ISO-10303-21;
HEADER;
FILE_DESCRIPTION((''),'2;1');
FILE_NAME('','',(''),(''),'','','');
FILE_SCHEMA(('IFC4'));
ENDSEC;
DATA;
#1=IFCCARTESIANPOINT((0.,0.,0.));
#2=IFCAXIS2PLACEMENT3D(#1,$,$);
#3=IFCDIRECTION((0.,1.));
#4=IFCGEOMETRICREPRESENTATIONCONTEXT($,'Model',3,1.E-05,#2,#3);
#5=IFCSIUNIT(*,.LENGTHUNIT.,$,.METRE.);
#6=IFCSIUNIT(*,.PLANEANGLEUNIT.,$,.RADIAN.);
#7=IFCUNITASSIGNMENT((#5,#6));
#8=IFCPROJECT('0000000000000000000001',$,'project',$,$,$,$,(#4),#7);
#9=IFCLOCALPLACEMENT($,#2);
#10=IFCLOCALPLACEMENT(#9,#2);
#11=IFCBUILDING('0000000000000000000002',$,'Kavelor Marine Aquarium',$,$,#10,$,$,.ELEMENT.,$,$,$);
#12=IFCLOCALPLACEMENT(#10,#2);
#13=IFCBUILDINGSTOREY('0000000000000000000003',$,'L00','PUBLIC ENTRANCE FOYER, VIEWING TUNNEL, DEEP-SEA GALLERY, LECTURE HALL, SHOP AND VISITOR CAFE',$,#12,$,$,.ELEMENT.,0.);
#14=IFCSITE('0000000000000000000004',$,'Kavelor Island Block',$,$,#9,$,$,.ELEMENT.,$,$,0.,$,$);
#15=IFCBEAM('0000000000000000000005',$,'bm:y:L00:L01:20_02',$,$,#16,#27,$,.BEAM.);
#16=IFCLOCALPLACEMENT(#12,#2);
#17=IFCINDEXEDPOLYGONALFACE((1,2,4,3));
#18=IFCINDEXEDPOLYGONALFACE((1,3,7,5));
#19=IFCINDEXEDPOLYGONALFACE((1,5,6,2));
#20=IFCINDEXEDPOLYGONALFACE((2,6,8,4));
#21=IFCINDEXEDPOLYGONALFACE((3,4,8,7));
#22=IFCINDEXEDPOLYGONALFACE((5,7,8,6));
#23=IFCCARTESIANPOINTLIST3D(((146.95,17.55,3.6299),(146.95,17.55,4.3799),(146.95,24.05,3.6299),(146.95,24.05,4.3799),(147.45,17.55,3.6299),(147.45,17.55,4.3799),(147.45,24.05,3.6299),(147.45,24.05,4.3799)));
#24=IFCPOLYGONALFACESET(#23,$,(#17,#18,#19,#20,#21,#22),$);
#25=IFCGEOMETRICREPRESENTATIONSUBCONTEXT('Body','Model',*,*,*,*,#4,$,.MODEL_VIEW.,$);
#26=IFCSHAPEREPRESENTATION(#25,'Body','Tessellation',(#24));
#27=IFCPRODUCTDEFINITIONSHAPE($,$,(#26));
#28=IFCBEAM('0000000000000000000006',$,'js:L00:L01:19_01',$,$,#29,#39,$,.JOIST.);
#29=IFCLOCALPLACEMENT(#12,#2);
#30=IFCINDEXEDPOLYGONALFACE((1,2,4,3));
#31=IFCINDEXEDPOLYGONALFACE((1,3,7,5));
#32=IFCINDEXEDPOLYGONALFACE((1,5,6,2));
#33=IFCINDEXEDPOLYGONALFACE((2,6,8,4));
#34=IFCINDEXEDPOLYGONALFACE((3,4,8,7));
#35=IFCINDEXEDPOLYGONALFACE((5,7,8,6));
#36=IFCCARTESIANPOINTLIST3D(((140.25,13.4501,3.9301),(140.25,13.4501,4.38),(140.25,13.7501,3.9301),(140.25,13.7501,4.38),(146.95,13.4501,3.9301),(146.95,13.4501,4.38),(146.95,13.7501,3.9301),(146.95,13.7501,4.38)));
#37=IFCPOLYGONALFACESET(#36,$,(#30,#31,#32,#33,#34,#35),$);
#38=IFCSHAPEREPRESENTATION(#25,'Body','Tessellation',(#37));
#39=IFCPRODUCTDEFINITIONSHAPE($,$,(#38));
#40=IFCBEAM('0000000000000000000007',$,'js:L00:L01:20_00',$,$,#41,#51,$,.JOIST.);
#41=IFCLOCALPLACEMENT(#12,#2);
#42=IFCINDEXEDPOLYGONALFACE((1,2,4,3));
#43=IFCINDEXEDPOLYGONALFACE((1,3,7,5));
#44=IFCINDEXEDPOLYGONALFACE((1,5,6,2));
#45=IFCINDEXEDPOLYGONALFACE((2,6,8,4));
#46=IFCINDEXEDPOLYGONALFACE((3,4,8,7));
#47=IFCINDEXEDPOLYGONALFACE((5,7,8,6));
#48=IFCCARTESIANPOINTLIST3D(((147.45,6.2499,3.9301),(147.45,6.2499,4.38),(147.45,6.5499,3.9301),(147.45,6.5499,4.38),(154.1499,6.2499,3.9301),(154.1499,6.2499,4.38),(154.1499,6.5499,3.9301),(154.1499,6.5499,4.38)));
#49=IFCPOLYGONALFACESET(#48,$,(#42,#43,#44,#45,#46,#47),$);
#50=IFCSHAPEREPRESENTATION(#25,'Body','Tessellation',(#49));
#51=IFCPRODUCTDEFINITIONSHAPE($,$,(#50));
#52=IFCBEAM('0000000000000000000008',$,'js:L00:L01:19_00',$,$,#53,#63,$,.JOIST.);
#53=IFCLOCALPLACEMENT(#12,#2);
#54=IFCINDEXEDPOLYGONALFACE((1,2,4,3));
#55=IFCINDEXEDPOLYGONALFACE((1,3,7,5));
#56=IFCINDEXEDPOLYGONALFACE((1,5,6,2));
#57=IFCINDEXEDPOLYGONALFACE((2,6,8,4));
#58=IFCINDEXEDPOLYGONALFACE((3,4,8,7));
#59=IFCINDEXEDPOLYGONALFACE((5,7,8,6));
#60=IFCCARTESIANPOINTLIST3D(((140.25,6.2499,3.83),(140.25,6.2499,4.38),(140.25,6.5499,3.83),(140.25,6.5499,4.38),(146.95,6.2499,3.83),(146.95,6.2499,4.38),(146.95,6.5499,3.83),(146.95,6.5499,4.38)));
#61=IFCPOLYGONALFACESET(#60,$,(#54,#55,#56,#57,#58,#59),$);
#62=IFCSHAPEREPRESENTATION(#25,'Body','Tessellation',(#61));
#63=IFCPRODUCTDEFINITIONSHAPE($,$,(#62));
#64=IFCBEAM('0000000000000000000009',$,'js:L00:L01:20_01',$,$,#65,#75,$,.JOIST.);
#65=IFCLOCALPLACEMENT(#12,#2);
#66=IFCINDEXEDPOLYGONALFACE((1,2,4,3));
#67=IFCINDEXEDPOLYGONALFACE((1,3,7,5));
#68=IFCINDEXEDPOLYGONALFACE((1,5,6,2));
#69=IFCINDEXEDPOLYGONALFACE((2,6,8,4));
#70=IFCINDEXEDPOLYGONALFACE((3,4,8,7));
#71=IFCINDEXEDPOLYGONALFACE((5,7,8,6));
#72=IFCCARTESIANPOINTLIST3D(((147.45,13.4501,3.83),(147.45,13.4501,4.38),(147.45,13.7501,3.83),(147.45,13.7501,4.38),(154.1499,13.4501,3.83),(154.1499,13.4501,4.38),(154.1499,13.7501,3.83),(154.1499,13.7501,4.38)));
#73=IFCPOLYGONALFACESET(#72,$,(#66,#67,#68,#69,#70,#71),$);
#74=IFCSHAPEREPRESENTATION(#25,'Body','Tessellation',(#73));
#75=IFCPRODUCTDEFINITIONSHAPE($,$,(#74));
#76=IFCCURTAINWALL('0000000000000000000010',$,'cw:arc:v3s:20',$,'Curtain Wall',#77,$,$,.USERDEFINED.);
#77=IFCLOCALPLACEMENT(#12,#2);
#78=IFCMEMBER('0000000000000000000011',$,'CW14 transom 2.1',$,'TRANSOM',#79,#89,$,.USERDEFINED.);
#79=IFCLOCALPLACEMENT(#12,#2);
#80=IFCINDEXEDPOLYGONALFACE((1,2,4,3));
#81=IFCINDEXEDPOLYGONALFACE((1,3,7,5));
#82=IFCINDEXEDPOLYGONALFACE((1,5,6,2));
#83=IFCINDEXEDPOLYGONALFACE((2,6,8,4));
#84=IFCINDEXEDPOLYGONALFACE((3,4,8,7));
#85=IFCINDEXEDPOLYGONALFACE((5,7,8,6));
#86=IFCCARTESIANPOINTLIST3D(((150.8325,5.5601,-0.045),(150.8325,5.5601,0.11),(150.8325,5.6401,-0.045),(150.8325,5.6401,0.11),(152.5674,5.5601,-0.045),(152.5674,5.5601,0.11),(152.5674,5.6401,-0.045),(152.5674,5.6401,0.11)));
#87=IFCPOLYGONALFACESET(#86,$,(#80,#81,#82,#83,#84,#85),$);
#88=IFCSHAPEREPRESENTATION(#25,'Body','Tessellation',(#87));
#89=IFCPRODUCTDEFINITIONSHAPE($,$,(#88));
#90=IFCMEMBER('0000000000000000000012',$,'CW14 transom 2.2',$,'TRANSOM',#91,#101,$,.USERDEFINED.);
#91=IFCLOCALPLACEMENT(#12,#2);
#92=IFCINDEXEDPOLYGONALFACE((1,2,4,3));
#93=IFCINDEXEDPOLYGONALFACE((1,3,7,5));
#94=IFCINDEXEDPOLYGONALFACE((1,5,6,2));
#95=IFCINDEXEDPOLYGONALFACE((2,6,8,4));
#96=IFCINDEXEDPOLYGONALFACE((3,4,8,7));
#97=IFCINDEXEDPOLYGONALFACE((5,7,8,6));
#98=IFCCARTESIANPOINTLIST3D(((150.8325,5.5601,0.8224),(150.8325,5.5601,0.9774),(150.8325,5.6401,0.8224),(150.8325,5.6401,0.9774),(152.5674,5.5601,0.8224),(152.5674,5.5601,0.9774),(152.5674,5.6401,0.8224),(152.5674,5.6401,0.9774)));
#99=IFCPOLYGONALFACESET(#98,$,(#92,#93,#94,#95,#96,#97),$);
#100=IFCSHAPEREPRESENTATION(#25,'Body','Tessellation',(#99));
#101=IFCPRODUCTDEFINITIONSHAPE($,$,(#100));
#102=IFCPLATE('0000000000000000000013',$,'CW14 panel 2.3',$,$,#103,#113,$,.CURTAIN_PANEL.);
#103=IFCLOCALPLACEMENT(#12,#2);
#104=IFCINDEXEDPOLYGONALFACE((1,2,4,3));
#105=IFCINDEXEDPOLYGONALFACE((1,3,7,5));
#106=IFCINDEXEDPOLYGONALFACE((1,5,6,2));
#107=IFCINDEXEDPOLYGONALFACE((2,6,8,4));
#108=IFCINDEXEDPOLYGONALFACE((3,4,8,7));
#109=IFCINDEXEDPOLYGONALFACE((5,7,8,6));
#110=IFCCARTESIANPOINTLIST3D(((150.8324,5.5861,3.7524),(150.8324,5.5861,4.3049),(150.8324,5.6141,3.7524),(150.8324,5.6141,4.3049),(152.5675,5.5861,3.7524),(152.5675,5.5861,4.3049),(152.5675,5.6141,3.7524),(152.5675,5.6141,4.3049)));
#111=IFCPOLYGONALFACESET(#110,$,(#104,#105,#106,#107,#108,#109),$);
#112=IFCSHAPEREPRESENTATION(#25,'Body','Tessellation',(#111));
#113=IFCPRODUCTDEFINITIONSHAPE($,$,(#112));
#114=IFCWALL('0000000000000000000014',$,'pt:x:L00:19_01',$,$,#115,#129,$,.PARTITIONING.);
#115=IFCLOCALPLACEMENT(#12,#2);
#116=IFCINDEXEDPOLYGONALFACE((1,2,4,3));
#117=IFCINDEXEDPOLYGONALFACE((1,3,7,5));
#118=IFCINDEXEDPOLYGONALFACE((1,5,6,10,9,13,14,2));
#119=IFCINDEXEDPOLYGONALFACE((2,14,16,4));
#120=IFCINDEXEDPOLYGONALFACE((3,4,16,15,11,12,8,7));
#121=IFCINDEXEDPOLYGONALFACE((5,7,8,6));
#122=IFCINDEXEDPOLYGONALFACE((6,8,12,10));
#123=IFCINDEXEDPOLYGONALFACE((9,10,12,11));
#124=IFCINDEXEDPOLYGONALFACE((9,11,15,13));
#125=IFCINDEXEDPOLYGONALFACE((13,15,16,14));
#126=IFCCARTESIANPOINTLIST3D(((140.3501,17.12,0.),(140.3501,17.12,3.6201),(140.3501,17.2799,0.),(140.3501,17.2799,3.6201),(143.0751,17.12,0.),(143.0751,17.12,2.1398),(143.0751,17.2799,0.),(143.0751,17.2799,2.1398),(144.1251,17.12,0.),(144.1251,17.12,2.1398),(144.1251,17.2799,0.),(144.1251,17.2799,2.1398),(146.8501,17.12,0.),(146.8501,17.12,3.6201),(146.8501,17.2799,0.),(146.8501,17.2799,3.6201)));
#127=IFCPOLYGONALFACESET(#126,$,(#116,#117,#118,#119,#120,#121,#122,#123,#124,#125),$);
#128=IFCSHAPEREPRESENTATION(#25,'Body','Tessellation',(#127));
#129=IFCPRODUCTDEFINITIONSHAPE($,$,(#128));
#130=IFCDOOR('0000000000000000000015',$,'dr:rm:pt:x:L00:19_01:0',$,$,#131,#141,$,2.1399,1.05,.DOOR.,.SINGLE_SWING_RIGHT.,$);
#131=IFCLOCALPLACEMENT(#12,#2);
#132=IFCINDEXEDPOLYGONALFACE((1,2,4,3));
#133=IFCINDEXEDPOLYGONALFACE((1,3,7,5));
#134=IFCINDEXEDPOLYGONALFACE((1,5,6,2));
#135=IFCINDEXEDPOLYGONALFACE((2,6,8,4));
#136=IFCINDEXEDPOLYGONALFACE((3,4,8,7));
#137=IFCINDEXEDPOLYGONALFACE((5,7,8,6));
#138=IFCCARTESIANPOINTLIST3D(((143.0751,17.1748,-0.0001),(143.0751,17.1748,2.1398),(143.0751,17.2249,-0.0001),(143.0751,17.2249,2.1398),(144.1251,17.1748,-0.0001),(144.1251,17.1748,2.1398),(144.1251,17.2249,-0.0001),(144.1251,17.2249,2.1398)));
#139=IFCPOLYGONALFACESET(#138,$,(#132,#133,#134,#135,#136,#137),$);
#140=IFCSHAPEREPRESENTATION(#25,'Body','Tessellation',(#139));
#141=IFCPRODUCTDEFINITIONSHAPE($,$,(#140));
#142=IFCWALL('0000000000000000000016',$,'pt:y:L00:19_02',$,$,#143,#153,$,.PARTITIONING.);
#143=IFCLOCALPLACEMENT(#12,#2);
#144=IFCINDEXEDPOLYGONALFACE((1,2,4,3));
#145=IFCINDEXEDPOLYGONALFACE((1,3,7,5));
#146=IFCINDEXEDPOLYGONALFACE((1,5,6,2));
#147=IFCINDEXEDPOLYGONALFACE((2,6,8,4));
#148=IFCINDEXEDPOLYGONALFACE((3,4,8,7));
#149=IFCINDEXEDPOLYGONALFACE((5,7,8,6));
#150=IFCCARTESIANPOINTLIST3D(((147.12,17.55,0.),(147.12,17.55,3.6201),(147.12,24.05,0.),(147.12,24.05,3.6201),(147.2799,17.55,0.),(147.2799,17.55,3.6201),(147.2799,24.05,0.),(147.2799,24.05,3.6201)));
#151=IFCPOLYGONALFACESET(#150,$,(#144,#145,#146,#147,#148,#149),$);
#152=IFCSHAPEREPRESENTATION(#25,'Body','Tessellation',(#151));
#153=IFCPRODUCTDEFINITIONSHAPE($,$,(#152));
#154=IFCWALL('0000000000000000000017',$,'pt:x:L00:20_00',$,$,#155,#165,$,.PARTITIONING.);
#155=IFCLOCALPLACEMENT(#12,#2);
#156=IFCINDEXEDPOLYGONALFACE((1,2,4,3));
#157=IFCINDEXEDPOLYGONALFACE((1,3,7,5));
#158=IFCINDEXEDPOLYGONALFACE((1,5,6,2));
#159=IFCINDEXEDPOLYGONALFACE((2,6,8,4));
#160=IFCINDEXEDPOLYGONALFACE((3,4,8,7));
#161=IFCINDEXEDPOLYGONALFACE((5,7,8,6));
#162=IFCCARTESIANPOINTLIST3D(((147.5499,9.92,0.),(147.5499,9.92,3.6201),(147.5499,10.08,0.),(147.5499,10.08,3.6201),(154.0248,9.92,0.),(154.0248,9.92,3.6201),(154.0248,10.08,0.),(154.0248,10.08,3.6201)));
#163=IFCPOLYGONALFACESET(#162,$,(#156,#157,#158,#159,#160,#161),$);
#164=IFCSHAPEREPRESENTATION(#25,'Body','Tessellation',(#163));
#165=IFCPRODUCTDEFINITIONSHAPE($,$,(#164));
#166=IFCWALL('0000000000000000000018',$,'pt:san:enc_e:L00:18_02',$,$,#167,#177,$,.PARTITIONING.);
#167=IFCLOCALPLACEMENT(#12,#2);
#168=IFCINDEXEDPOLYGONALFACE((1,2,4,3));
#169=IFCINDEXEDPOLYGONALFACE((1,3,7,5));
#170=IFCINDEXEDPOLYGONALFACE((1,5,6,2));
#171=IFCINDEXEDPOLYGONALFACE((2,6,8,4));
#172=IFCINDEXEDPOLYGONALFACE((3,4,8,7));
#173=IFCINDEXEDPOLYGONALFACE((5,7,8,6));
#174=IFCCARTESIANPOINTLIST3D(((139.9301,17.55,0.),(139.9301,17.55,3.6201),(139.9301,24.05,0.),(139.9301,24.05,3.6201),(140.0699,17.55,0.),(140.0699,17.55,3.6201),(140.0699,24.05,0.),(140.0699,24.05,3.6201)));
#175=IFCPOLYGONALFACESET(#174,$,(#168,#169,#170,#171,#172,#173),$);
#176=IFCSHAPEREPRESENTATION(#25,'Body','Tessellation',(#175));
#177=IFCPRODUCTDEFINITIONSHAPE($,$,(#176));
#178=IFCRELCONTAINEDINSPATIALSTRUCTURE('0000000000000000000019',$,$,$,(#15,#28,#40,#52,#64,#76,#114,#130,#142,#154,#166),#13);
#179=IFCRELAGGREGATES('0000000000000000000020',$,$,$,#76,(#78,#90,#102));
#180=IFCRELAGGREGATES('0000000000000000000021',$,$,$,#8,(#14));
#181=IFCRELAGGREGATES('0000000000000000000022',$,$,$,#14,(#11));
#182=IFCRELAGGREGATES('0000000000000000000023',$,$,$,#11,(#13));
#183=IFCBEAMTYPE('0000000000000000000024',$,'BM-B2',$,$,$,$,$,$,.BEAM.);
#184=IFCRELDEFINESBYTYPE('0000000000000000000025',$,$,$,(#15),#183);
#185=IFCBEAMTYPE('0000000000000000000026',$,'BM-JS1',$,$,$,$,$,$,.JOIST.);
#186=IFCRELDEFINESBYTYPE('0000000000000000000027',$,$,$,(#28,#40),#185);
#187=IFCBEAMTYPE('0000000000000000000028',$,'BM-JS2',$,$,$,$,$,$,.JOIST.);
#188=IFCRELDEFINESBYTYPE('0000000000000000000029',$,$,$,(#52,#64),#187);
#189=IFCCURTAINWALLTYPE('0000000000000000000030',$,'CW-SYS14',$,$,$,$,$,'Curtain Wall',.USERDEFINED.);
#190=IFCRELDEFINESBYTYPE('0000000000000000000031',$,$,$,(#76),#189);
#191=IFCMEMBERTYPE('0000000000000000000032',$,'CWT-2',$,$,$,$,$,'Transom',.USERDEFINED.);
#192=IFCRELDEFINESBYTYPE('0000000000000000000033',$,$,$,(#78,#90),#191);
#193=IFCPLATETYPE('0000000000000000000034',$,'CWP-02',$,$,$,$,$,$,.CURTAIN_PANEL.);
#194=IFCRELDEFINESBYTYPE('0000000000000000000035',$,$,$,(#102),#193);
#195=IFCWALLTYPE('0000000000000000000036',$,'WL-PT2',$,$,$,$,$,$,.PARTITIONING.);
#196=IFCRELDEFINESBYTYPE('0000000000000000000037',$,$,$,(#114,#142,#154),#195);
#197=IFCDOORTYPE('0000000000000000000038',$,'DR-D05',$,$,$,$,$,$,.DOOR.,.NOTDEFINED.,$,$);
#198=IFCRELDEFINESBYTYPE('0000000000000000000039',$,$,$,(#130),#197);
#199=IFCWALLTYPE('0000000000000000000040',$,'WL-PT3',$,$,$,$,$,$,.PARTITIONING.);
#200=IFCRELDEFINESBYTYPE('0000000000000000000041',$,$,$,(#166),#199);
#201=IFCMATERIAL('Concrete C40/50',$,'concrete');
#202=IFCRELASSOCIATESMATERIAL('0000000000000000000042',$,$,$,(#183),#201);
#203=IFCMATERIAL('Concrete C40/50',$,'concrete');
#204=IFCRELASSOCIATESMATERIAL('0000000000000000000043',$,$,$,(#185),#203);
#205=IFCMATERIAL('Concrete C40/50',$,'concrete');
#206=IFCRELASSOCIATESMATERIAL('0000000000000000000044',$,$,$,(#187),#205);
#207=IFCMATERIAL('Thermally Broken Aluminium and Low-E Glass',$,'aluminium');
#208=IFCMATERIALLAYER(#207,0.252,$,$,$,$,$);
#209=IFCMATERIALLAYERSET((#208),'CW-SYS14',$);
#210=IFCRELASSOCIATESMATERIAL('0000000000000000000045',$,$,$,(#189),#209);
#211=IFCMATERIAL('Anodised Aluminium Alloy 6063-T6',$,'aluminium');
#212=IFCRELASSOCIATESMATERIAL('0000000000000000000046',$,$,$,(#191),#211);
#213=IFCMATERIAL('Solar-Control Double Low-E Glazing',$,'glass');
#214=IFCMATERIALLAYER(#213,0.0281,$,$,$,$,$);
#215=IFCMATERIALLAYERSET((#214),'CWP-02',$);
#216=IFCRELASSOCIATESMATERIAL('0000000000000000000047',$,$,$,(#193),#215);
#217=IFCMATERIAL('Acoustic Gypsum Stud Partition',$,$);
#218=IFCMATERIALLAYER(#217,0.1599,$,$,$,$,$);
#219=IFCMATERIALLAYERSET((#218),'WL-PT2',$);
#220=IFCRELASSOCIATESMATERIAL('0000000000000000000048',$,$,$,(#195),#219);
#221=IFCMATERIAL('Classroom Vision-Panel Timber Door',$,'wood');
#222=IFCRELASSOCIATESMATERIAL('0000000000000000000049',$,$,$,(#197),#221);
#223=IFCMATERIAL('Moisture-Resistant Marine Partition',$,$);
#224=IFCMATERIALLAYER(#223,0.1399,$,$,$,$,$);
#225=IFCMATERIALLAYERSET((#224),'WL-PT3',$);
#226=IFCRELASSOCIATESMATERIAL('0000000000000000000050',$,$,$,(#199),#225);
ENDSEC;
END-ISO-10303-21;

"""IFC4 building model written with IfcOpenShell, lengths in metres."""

from ifc_helpers import new_model, si_unit, direction, frame, frame_2d, origin, origin_2d, place, context, subcontext, project, spatial, rectangle, extrude, material, layer, layer_set, material_profile, profile_set, type_object, element, fill, aggregate, save


model = new_model("IFC4")

# Units and contexts
model_context = context("Model", 3, precision=1e-05, world=origin(), true_north=direction((0.0, 1.0)))
body_context = subcontext(model_context, "Body", "Model", "MODEL_VIEW")
ifc_project = project(units=[si_unit("LENGTHUNIT", "METRE"), si_unit("PLANEANGLEUNIT", "RADIAN")], contexts=[model_context])

# Site, building, storey
site_placement = place(None, origin())
site = spatial("IfcSite", under=ifc_project, at=site_placement, Name="Kavelor Island Block", CompositionType="ELEMENT", RefElevation=0.0)
building_placement = place(site_placement, origin())
building = spatial("IfcBuilding", under=site, at=building_placement, Name="Kavelor Marine Aquarium", CompositionType="ELEMENT")
storey_placement = place(building_placement, origin())
storey = spatial("IfcBuildingStorey", under=building, at=storey_placement, Name="L00", Description="PUBLIC ENTRANCE FOYER, VIEWING TUNNEL, DEEP-SEA GALLERY, LECTURE HALL, SHOP AND VISITOR CAFE", CompositionType="ELEMENT", Elevation=0.0)

# Beams
ifc_material_1 = material(Name="Concrete C40/50", Category="concrete")
ifc_material_profile_1 = material_profile(ifc_material_1, rectangle(XDim=0.5, YDim=0.75, at=origin_2d()), Name="RC-BM 500x750")
ifc_profile_set_1 = profile_set([ifc_material_profile_1], Name="Concrete C40/50")
beam_type_1 = type_object("IfcBeamType", Name="BM-B2", PredefinedType="BEAM", material=ifc_profile_set_1)
for number, where, z_axis, x_axis, name in (
    (1, (147.2, 17.55, 4.0049), (0.0, 1.0, 0.0), (-1.0, 0.0, 0.0), "bm:y:L00:L01:20_02"),
):
    element("IfcBeam", number, at=place(storey_placement, frame(where, z_axis=z_axis, x_axis=x_axis)), inside=storey, type_object=beam_type_1, Name=name, PredefinedType="BEAM", context=body_context, shape_type="SweptSolid", body=[
        extrude(rectangle(XDim=0.5, YDim=0.75, at=origin_2d()), origin(), (0.0, 0.0, 1.0), 6.5),
    ])
ifc_material_2 = material(Name="Concrete C40/50", Category="concrete")
ifc_material_profile_2 = material_profile(ifc_material_2, rectangle(XDim=0.3, YDim=0.45, at=origin_2d()), Name="RC-JS 300x450")
ifc_profile_set_2 = profile_set([ifc_material_profile_2], Name="Concrete C40/50")
beam_type_2 = type_object("IfcBeamType", Name="BM-JS1", PredefinedType="JOIST", material=ifc_profile_set_2)
for number, where, z_axis, x_axis, name in (
    (2, (140.25, 13.6001, 4.155), (1.0, 0.0, 0.0), (0.0, 1.0, 0.0), "js:L00:L01:19_01"),
    (3, (147.45, 6.3999, 4.155), (1.0, 0.0, 0.0), (0.0, 1.0, 0.0), "js:L00:L01:20_00"),
):
    element("IfcBeam", number, at=place(storey_placement, frame(where, z_axis=z_axis, x_axis=x_axis)), inside=storey, type_object=beam_type_2, Name=name, PredefinedType="JOIST", context=body_context, shape_type="SweptSolid", body=[
        extrude(rectangle(XDim=0.3, YDim=0.45, at=origin_2d()), origin(), (0.0, 0.0, 1.0), 6.7),
    ])
ifc_material_3 = material(Name="Concrete C40/50", Category="concrete")
ifc_material_profile_3 = material_profile(ifc_material_3, rectangle(XDim=0.3, YDim=0.55, at=origin_2d()), Name="RC-JS 300x550")
ifc_profile_set_3 = profile_set([ifc_material_profile_3], Name="Concrete C40/50")
beam_type_3 = type_object("IfcBeamType", Name="BM-JS2", PredefinedType="JOIST", material=ifc_profile_set_3)
for number, where, z_axis, x_axis, name in (
    (4, (140.25, 6.3999, 4.105), (1.0, 0.0, 0.0), (0.0, 1.0, 0.0), "js:L00:L01:19_00"),
    (5, (147.45, 13.6001, 4.105), (1.0, 0.0, 0.0), (0.0, 1.0, 0.0), "js:L00:L01:20_01"),
):
    element("IfcBeam", number, at=place(storey_placement, frame(where, z_axis=z_axis, x_axis=x_axis)), inside=storey, type_object=beam_type_3, Name=name, PredefinedType="JOIST", context=body_context, shape_type="SweptSolid", body=[
        extrude(rectangle(XDim=0.3, YDim=0.55, at=origin_2d()), origin(), (0.0, 0.0, 1.0), 6.7),
    ])

# Curtain wall, members, plate
ifc_material_4 = material(Name="Thermally Broken Aluminium and Low-E Glass", Category="aluminium")
ifc_layer_1 = layer(ifc_material_4, 0.252)
ifc_layer_set_1 = layer_set([ifc_layer_1], Name="CW-SYS14")
curtain_wall_type = type_object("IfcCurtainWallType", Name="CW-SYS14", ElementType="Curtain Wall", PredefinedType="USERDEFINED", material=ifc_layer_set_1)
curtain_wall_placement = place(storey_placement, origin())
curtain_wall = element("IfcCurtainWall", 6, at=curtain_wall_placement, inside=storey, type_object=curtain_wall_type, Name="cw:arc:v3s:20", ObjectType="Curtain Wall", PredefinedType="USERDEFINED")
ifc_material_5 = material(Name="Anodised Aluminium Alloy 6063-T6", Category="aluminium")
ifc_material_profile_4 = material_profile(ifc_material_5, rectangle(XDim=0.0801, YDim=0.155, at=origin_2d()), Name="CW-TRN 80x155")
ifc_profile_set_4 = profile_set([ifc_material_profile_4], Name="Anodised Aluminium Alloy 6063-T6")
member_type = type_object("IfcMemberType", Name="CWT-2", ElementType="Transom", PredefinedType="USERDEFINED", material=ifc_profile_set_4)
member_1_placement = place(storey_placement, frame((152.5674, 5.6001, 0.0325), z_axis=(-1.0, 0.0, 0.0), x_axis=(0.0, -1.0, 0.0)))
member_1 = element("IfcMember", 7, at=member_1_placement, type_object=member_type, Name="CW14 transom 2.1", ObjectType="TRANSOM", PredefinedType="USERDEFINED", context=body_context, shape_type="SweptSolid", body=[
    extrude(rectangle(XDim=0.0801, YDim=0.155, at=origin_2d()), origin(), (0.0, 0.0, 1.0), 1.7349),
])
member_2_placement = place(storey_placement, frame((152.5674, 5.6001, 0.8999), z_axis=(-1.0, 0.0, 0.0), x_axis=(0.0, -1.0, 0.0)))
member_2 = element("IfcMember", 8, at=member_2_placement, type_object=member_type, Name="CW14 transom 2.2", ObjectType="TRANSOM", PredefinedType="USERDEFINED", context=body_context, shape_type="SweptSolid", body=[
    extrude(rectangle(XDim=0.0801, YDim=0.155, at=origin_2d()), origin(), (0.0, 0.0, 1.0), 1.7349),
])
ifc_material_6 = material(Name="Solar-Control Double Low-E Glazing", Category="glass")
ifc_layer_2 = layer(ifc_material_6, 0.0281)
ifc_layer_set_2 = layer_set([ifc_layer_2], Name="CWP-02")
plate_type = type_object("IfcPlateType", Name="CWP-02", PredefinedType="CURTAIN_PANEL", material=ifc_layer_set_2)
plate_placement = place(storey_placement, frame((151.7, 5.6001, 3.7524), z_axis=(0.0, 0.0, 1.0), x_axis=(-1.0, 0.0, 0.0)))
plate = element("IfcPlate", 9, at=plate_placement, type_object=plate_type, Name="CW14 panel 2.3", PredefinedType="CURTAIN_PANEL", context=body_context, shape_type="SweptSolid", body=[
    extrude(rectangle(XDim=1.7351, YDim=0.0281, at=origin_2d()), origin(), (0.0, 0.0, 1.0), 0.5525),
])
aggregate(curtain_wall, [member_1, member_2, plate])

# Wall, opening, door
ifc_material_7 = material(Name="Acoustic Gypsum Stud Partition")
ifc_layer_3 = layer(ifc_material_7, 0.1599)
ifc_layer_set_3 = layer_set([ifc_layer_3], Name="WL-PT2")
wall_type_1 = type_object("IfcWallType", Name="WL-PT2", PredefinedType="PARTITIONING", material=ifc_layer_set_3)
wall_1_placement = place(storey_placement, frame((140.3501, 17.2, 0.0), z_axis=(0.0, 0.0, 1.0), x_axis=(1.0, 0.0, 0.0)))
wall_1 = element("IfcWall", 10, at=wall_1_placement, inside=storey, type_object=wall_type_1, Name="pt:x:L00:19_01", PredefinedType="PARTITIONING", context=body_context, shape_type="SweptSolid", body=[
    extrude(rectangle(XDim=6.5, YDim=0.1599, at=frame_2d((3.25, 0.0))), origin(), (0.0, 0.0, 1.0), 3.6201),
])
opening_placement = place(wall_1_placement, frame((2.7251, 0.0, 0.0)))
opening = element("IfcOpeningElement", 11, at=opening_placement, cuts=wall_1, PredefinedType="OPENING", context=body_context, shape_type="SweptSolid", body=[
    extrude(rectangle(XDim=1.05, YDim=2.1399, at=frame_2d((0.5249, 1.0698))), frame((0.0, 0.0898, 0.0), z_axis=(0.0, -1.0, 0.0), x_axis=(1.0, 0.0, 0.0)), (0.0, 0.0, 1.0), 0.1799),
])
ifc_material_8 = material(Name="Classroom Vision-Panel Timber Door", Category="wood")
door_type = type_object("IfcDoorType", Name="DR-D05", OperationType="NOTDEFINED", PredefinedType="DOOR", material=ifc_material_8)
door_placement = place(opening_placement, origin())
door = element("IfcDoor", 12, at=door_placement, inside=storey, type_object=door_type, Name="dr:rm:pt:x:L00:19_01:0", OperationType="SINGLE_SWING_RIGHT", OverallHeight=2.1399, OverallWidth=1.05, PredefinedType="DOOR", context=body_context, shape_type="SweptSolid", body=[
    extrude(rectangle(XDim=1.05, YDim=2.1399, at=frame_2d((0.5249, 1.0698))), frame((0.0, 0.0249, 0.0), z_axis=(0.0, -1.0, 0.0), x_axis=(1.0, 0.0, 0.0)), (0.0, 0.0, 1.0), 0.05),
])
fill(opening, door)

# Walls
wall_2_placement = place(storey_placement, frame((147.2, 17.55, 0.0), z_axis=(0.0, 0.0, 1.0), x_axis=(0.0, 1.0, 0.0)))
element("IfcWall", 13, at=wall_2_placement, inside=storey, type_object=wall_type_1, Name="pt:y:L00:19_02", PredefinedType="PARTITIONING", context=body_context, shape_type="SweptSolid", body=[
    extrude(rectangle(XDim=6.5, YDim=0.1599, at=frame_2d((3.25, 0.0))), origin(), (0.0, 0.0, 1.0), 3.6201),
])
wall_3_placement = place(storey_placement, frame((147.55, 10.0, 0.0), z_axis=(0.0, 0.0, 1.0), x_axis=(1.0, 0.0, 0.0)))
element("IfcWall", 14, at=wall_3_placement, inside=storey, type_object=wall_type_1, Name="pt:x:L00:20_00", PredefinedType="PARTITIONING", context=body_context, shape_type="SweptSolid", body=[
    extrude(rectangle(XDim=6.4749, YDim=0.1599, at=frame_2d((3.2373, 0.0))), origin(), (0.0, 0.0, 1.0), 3.6201),
])
ifc_material_9 = material(Name="Moisture-Resistant Marine Partition")
ifc_layer_4 = layer(ifc_material_9, 0.1399)
ifc_layer_set_4 = layer_set([ifc_layer_4], Name="WL-PT3")
wall_type_2 = type_object("IfcWallType", Name="WL-PT3", PredefinedType="PARTITIONING", material=ifc_layer_set_4)
wall_4_placement = place(storey_placement, frame((140.0, 17.55, 0.0), z_axis=(0.0, 0.0, 1.0), x_axis=(0.0, 1.0, 0.0)))
element("IfcWall", 15, at=wall_4_placement, inside=storey, type_object=wall_type_2, Name="pt:san:enc_e:L00:18_02", PredefinedType="PARTITIONING", context=body_context, shape_type="SweptSolid", body=[
    extrude(rectangle(XDim=6.5, YDim=0.1399, at=frame_2d((3.25, 0.0))), origin(), (0.0, 0.0, 1.0), 3.6201),
])

save(model, "model.ifc")
